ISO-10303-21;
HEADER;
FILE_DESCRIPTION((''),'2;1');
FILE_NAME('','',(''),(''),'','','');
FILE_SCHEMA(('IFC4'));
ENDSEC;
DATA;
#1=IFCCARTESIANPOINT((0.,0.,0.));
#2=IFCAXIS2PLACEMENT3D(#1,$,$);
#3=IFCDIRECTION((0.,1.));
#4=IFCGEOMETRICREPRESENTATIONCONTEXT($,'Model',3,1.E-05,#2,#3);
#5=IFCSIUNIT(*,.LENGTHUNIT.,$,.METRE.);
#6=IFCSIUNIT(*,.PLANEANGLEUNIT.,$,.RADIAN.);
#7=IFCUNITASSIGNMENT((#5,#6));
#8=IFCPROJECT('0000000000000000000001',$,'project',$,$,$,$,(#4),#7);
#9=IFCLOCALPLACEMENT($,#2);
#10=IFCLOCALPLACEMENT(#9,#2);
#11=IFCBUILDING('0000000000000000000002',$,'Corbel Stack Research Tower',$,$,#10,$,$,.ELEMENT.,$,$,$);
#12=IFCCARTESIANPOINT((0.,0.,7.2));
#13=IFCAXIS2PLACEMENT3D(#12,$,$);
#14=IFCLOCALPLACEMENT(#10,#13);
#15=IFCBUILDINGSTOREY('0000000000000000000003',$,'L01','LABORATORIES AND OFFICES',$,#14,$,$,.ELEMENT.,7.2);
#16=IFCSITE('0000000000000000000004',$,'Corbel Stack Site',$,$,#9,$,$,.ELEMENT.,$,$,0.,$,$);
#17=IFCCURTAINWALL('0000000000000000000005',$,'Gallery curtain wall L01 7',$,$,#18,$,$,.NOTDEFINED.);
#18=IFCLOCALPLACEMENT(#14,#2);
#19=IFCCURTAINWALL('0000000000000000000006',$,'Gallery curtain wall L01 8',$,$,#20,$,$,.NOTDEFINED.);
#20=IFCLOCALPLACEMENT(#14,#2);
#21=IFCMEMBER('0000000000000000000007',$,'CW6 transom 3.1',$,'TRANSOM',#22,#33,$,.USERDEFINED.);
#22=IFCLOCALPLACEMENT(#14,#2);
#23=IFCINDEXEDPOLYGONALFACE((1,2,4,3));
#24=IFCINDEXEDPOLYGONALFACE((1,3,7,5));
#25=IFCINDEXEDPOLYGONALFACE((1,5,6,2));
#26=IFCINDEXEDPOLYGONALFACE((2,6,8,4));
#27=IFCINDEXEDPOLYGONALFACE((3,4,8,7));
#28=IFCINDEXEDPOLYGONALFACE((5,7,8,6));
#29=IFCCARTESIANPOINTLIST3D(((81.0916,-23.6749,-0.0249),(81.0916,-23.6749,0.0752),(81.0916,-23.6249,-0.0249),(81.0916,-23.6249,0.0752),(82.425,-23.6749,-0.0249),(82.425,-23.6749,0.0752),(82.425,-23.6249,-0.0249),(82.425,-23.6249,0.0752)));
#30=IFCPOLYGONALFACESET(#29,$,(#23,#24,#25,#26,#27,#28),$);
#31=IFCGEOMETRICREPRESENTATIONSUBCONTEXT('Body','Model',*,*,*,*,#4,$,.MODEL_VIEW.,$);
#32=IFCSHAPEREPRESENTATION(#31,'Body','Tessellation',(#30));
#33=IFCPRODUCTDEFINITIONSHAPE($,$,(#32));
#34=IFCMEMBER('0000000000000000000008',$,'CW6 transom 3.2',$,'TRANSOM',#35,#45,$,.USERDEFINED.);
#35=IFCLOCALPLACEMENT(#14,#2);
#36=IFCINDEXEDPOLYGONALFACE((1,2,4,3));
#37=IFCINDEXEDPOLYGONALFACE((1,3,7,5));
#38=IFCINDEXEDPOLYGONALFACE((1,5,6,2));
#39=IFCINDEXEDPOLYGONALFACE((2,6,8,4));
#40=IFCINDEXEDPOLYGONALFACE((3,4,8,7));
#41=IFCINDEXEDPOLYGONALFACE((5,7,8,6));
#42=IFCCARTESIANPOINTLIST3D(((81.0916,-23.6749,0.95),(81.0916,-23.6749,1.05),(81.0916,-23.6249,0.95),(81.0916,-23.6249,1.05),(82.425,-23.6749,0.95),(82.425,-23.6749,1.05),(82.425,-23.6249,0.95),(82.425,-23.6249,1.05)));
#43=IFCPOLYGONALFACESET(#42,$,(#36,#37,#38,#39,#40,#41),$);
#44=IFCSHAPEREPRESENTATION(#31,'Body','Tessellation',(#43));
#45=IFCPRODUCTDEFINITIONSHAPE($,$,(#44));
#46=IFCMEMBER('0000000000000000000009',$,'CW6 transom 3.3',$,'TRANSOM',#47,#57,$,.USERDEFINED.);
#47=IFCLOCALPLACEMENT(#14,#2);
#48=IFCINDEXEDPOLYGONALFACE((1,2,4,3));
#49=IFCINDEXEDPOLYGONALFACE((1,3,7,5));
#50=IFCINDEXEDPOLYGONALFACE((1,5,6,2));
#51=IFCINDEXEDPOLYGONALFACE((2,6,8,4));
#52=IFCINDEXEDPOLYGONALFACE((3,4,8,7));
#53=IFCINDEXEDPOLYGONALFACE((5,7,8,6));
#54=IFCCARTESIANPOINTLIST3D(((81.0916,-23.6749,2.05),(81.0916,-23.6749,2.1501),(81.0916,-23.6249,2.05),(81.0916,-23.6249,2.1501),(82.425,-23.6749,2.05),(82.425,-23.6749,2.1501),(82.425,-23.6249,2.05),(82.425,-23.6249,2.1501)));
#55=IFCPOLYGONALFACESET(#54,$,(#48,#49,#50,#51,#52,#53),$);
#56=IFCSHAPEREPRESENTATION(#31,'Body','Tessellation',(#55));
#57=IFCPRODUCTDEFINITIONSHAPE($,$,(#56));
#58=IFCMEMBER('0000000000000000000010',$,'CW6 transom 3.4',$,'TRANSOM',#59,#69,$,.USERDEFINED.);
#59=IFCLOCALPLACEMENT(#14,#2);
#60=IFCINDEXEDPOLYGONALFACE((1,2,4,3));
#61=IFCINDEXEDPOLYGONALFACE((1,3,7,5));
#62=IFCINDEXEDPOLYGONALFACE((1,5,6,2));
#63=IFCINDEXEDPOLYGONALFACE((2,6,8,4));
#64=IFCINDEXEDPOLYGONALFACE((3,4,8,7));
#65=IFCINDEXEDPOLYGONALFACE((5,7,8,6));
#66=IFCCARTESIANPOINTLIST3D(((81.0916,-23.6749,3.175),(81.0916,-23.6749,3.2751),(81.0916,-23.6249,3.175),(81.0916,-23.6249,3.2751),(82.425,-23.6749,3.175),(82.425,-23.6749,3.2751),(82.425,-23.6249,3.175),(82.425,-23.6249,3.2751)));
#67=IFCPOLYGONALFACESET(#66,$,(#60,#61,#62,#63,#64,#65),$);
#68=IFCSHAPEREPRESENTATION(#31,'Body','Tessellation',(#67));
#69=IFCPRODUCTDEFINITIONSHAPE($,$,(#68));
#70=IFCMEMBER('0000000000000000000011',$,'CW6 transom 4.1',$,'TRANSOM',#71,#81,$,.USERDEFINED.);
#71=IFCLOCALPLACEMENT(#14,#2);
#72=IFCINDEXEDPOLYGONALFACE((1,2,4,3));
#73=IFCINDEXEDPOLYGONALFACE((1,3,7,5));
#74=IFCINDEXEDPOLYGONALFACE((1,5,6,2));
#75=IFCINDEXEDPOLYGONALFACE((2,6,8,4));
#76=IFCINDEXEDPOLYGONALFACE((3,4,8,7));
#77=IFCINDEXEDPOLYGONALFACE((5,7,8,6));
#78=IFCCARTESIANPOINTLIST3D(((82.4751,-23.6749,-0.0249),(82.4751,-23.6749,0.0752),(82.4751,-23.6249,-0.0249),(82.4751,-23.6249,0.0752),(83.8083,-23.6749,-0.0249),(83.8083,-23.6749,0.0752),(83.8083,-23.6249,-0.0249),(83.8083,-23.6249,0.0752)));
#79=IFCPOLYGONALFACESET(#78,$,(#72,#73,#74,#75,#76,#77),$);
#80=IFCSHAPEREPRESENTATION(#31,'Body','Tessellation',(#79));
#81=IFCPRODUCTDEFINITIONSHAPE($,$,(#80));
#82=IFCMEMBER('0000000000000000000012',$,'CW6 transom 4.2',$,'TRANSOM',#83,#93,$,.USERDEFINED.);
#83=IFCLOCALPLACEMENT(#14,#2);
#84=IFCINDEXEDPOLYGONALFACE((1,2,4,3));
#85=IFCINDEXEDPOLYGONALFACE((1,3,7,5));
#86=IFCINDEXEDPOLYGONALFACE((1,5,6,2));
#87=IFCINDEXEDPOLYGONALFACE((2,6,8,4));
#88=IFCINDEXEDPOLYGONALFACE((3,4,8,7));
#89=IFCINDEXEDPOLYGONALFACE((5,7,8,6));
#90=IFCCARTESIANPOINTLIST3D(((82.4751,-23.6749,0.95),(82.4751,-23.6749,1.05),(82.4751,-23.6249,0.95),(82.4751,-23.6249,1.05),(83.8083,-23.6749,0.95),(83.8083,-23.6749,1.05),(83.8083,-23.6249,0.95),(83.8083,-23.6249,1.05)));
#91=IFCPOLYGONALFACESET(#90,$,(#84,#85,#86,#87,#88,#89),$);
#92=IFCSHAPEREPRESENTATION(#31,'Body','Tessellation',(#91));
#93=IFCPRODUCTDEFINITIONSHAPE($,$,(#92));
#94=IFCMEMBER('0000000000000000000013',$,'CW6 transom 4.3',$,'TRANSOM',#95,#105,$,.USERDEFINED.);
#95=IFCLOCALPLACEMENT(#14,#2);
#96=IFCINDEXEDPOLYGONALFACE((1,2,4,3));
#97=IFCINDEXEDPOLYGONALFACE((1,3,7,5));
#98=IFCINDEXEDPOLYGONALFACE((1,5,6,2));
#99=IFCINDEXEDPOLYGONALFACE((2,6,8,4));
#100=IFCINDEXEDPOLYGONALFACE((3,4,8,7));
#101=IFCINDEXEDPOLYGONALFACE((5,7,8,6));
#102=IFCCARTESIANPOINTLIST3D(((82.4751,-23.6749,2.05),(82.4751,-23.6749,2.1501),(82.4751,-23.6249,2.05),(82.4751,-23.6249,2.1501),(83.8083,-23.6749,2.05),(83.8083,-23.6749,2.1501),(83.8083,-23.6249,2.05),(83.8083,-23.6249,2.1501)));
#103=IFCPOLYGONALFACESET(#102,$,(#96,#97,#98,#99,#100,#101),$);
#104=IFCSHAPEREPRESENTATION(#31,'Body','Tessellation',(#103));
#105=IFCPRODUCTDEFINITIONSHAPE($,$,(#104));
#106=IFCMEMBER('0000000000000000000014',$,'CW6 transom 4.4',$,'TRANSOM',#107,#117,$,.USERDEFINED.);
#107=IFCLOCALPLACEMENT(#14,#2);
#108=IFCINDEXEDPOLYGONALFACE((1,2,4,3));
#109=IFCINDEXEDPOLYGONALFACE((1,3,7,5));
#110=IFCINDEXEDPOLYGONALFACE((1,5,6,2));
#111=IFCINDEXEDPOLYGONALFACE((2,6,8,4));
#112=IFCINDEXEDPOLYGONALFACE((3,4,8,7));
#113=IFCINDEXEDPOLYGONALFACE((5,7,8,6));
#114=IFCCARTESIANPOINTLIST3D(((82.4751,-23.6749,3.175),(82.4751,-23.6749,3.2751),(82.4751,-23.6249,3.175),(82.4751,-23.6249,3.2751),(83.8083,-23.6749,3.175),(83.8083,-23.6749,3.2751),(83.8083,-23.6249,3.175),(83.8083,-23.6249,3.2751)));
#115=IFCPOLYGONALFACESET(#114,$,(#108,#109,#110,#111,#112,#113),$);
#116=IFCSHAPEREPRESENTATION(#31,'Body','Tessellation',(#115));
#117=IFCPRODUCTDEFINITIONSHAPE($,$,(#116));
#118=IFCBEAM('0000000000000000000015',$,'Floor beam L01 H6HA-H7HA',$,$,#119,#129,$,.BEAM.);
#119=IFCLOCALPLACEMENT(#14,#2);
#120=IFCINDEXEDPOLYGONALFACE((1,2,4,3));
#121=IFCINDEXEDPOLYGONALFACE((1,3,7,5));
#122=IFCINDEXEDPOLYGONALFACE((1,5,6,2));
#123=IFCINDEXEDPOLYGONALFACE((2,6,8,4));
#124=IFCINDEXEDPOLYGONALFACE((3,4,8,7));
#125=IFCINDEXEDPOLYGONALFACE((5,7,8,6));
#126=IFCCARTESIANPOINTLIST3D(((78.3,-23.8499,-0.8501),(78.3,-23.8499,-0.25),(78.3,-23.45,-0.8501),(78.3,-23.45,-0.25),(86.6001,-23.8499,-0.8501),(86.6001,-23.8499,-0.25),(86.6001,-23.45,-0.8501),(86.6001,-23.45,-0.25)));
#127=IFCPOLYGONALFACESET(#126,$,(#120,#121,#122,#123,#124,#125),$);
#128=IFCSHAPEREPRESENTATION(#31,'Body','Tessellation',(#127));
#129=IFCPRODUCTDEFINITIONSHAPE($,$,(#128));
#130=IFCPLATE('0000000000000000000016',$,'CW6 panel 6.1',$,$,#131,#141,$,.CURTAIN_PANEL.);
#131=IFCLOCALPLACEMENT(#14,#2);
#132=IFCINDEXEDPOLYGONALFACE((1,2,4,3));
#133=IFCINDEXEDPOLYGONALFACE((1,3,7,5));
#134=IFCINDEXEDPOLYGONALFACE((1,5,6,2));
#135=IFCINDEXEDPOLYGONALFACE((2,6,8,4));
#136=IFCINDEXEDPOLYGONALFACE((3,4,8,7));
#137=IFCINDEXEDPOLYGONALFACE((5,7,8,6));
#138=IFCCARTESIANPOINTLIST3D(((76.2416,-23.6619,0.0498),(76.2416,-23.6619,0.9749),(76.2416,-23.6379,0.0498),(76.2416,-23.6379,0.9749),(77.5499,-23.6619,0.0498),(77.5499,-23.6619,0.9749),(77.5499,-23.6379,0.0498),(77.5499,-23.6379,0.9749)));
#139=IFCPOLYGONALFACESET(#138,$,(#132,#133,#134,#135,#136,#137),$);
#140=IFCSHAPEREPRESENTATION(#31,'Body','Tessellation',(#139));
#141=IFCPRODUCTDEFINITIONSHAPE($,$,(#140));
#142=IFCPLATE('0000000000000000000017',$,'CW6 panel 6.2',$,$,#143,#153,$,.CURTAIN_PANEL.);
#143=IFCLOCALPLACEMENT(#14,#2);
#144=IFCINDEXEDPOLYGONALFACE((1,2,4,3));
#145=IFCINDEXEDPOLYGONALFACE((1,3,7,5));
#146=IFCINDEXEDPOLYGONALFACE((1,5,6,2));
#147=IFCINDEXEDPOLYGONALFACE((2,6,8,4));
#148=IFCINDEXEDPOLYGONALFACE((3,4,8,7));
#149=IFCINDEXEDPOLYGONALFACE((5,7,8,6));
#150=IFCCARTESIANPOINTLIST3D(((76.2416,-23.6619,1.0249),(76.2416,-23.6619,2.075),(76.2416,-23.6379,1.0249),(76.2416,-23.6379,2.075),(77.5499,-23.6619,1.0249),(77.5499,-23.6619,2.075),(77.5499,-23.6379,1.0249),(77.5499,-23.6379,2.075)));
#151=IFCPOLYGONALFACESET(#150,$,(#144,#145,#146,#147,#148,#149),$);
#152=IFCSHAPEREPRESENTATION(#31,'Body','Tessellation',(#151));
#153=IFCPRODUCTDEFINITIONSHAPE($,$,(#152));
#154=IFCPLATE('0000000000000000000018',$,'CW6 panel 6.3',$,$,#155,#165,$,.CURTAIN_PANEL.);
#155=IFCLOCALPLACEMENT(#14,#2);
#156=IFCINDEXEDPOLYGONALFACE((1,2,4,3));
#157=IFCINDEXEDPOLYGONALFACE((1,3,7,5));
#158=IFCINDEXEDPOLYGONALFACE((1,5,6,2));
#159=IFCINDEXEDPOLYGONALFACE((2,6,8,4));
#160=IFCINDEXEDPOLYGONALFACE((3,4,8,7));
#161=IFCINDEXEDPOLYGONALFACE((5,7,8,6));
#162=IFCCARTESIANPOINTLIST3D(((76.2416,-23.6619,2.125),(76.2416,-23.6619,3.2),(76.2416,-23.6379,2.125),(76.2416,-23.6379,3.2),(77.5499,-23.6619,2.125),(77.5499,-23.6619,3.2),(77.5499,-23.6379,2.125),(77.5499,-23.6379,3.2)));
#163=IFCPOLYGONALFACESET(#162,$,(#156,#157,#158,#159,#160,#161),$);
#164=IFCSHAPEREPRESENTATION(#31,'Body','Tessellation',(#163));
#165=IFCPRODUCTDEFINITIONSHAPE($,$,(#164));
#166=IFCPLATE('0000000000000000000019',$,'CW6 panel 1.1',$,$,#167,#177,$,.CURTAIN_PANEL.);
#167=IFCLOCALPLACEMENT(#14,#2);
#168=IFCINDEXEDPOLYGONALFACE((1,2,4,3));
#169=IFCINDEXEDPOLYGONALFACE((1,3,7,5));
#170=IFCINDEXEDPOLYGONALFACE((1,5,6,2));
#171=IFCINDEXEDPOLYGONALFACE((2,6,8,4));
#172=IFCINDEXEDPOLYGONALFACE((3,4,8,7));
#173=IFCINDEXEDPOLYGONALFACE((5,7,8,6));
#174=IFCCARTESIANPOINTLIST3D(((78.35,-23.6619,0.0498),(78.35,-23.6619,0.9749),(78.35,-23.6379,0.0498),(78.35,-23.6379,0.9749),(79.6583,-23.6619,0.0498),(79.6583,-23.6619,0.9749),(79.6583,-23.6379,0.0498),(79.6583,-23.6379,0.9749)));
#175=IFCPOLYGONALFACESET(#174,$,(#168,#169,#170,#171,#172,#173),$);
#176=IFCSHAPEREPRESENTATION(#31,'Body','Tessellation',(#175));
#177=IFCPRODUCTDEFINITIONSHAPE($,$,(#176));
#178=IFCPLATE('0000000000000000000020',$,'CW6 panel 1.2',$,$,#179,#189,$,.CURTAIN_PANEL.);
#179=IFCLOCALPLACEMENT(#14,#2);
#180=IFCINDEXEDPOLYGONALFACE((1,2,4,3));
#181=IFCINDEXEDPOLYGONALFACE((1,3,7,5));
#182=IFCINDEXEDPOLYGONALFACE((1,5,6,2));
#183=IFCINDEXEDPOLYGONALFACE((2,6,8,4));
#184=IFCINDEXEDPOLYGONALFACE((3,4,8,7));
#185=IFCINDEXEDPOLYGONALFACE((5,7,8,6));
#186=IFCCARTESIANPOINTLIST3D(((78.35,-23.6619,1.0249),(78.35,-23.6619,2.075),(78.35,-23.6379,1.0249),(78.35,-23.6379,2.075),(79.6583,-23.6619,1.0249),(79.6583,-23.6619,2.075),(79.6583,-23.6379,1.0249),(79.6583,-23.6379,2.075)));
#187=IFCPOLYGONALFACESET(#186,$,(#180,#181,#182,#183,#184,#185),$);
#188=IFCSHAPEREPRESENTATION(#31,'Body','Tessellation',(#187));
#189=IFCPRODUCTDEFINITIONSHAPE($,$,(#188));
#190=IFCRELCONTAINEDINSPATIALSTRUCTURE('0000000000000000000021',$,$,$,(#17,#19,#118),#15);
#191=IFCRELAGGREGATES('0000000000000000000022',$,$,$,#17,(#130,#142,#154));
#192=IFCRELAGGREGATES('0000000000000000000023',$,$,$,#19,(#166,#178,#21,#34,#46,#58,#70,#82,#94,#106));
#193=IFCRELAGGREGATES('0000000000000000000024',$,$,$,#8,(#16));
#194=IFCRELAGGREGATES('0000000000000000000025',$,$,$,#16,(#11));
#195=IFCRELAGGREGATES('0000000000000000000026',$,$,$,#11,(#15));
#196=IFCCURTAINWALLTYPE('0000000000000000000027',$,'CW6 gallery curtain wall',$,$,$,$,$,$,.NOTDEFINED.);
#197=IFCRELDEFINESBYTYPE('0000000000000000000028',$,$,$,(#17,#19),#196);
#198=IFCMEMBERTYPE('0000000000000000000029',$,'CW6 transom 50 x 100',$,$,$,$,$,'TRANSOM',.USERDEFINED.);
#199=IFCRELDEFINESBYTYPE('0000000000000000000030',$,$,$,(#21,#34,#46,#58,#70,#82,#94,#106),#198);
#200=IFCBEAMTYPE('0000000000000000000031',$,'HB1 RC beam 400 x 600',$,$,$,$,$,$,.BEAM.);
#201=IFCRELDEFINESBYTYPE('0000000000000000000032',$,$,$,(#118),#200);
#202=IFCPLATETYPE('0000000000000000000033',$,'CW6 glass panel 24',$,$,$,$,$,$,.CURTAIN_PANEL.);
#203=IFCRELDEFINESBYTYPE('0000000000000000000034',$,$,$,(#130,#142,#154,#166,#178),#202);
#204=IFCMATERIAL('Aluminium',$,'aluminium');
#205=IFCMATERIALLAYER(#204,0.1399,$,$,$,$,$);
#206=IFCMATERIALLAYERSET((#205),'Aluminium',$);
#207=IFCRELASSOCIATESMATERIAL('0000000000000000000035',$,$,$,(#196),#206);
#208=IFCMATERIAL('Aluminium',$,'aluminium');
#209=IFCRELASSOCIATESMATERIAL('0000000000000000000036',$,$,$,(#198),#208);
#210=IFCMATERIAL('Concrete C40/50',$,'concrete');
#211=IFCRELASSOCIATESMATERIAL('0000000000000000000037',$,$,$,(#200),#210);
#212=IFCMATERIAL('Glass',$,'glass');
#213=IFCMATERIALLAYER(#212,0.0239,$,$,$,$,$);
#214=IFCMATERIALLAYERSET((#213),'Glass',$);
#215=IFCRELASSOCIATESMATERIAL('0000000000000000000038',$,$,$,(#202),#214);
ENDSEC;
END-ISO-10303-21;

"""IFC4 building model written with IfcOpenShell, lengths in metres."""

from ifc_helpers import new_model, si_unit, direction, frame, origin, origin_2d, place, context, subcontext, project, spatial, rectangle, extrude, material, layer, layer_set, material_profile, profile_set, type_object, element, aggregate, save


model = new_model("IFC4")

# Units and contexts
model_context = context("Model", 3, precision=1e-05, world=origin(), true_north=direction((0.0, 1.0)))
body_context = subcontext(model_context, "Body", "Model", "MODEL_VIEW")
ifc_project = project(units=[si_unit("LENGTHUNIT", "METRE"), si_unit("PLANEANGLEUNIT", "RADIAN")], contexts=[model_context])

# Site, building, storey
site_placement = place(None, origin())
site = spatial("IfcSite", under=ifc_project, at=site_placement, Name="Corbel Stack Site", CompositionType="ELEMENT", RefElevation=0.0)
building_placement = place(site_placement, origin())
building = spatial("IfcBuilding", under=site, at=building_placement, Name="Corbel Stack Research Tower", CompositionType="ELEMENT")
storey_placement = place(building_placement, frame((0.0, 0.0, 7.2)))
storey = spatial("IfcBuildingStorey", under=building, at=storey_placement, Name="L01", Description="LABORATORIES AND OFFICES", CompositionType="ELEMENT", Elevation=7.2)

# Curtain wall
ifc_material_1 = material(Name="Aluminium", Category="aluminium")
ifc_layer_1 = layer(ifc_material_1, 0.1399)
ifc_layer_set_1 = layer_set([ifc_layer_1], Name="Aluminium")
curtain_wall_type = type_object("IfcCurtainWallType", Name="CW6 gallery curtain wall", PredefinedType="NOTDEFINED", material=ifc_layer_set_1)
curtain_wall_1_placement = place(storey_placement, origin())
curtain_wall_1 = element("IfcCurtainWall", 1, at=curtain_wall_1_placement, inside=storey, type_object=curtain_wall_type, Name="Gallery curtain wall L01 7", PredefinedType="NOTDEFINED")

# Curtain wall, members
curtain_wall_2_placement = place(storey_placement, origin())
curtain_wall_2 = element("IfcCurtainWall", 2, at=curtain_wall_2_placement, inside=storey, type_object=curtain_wall_type, Name="Gallery curtain wall L01 8", PredefinedType="NOTDEFINED")
ifc_material_2 = material(Name="Aluminium", Category="aluminium")
ifc_material_profile_1 = material_profile(ifc_material_2, rectangle(XDim=0.05, YDim=0.1001, at=origin_2d()), Name="Transom 50 x 100")
ifc_profile_set_1 = profile_set([ifc_material_profile_1], Name="Aluminium")
member_type_1 = type_object("IfcMemberType", Name="CW6 transom 50 x 100", ElementType="TRANSOM", PredefinedType="USERDEFINED", material=ifc_profile_set_1)
member_1_placement = place(storey_placement, frame((81.0916, -23.6499, 0.0251), z_axis=(1.0, 0.0, 0.0), x_axis=(0.0, 1.0, 0.0)))
member_1 = element("IfcMember", 3, at=member_1_placement, type_object=member_type_1, Name="CW6 transom 3.1", ObjectType="TRANSOM", PredefinedType="USERDEFINED", context=body_context, shape_type="SweptSolid", body=[
    extrude(rectangle(XDim=0.05, YDim=0.1001, at=origin_2d()), origin(), (0.0, 0.0, 1.0), 1.3335),
])
member_2_placement = place(storey_placement, frame((81.0916, -23.6499, 1.0), z_axis=(1.0, 0.0, 0.0), x_axis=(0.0, 1.0, 0.0)))
member_2 = element("IfcMember", 4, at=member_2_placement, type_object=member_type_1, Name="CW6 transom 3.2", ObjectType="TRANSOM", PredefinedType="USERDEFINED", context=body_context, shape_type="SweptSolid", body=[
    extrude(rectangle(XDim=0.05, YDim=0.1001, at=origin_2d()), origin(), (0.0, 0.0, 1.0), 1.3335),
])
member_3_placement = place(storey_placement, frame((81.0916, -23.6499, 2.1001), z_axis=(1.0, 0.0, 0.0), x_axis=(0.0, 1.0, 0.0)))
member_3 = element("IfcMember", 5, at=member_3_placement, type_object=member_type_1, Name="CW6 transom 3.3", ObjectType="TRANSOM", PredefinedType="USERDEFINED", context=body_context, shape_type="SweptSolid", body=[
    extrude(rectangle(XDim=0.05, YDim=0.1001, at=origin_2d()), origin(), (0.0, 0.0, 1.0), 1.3335),
])
member_4_placement = place(storey_placement, frame((81.0916, -23.6499, 3.2251), z_axis=(1.0, 0.0, 0.0), x_axis=(0.0, 1.0, 0.0)))
member_4 = element("IfcMember", 6, at=member_4_placement, type_object=member_type_1, Name="CW6 transom 3.4", ObjectType="TRANSOM", PredefinedType="USERDEFINED", context=body_context, shape_type="SweptSolid", body=[
    extrude(rectangle(XDim=0.05, YDim=0.1001, at=origin_2d()), origin(), (0.0, 0.0, 1.0), 1.3335),
])
member_5_placement = place(storey_placement, frame((82.4751, -23.6499, 0.0251), z_axis=(1.0, 0.0, 0.0), x_axis=(0.0, 1.0, 0.0)))
member_5 = element("IfcMember", 7, at=member_5_placement, type_object=member_type_1, Name="CW6 transom 4.1", ObjectType="TRANSOM", PredefinedType="USERDEFINED", context=body_context, shape_type="SweptSolid", body=[
    extrude(rectangle(XDim=0.05, YDim=0.1001, at=origin_2d()), origin(), (0.0, 0.0, 1.0), 1.3333),
])
member_6_placement = place(storey_placement, frame((82.4751, -23.6499, 1.0), z_axis=(1.0, 0.0, 0.0), x_axis=(0.0, 1.0, 0.0)))
member_6 = element("IfcMember", 8, at=member_6_placement, type_object=member_type_1, Name="CW6 transom 4.2", ObjectType="TRANSOM", PredefinedType="USERDEFINED", context=body_context, shape_type="SweptSolid", body=[
    extrude(rectangle(XDim=0.05, YDim=0.1001, at=origin_2d()), origin(), (0.0, 0.0, 1.0), 1.3333),
])
member_7_placement = place(storey_placement, frame((82.4751, -23.6499, 2.1001), z_axis=(1.0, 0.0, 0.0), x_axis=(0.0, 1.0, 0.0)))
member_7 = element("IfcMember", 9, at=member_7_placement, type_object=member_type_1, Name="CW6 transom 4.3", ObjectType="TRANSOM", PredefinedType="USERDEFINED", context=body_context, shape_type="SweptSolid", body=[
    extrude(rectangle(XDim=0.05, YDim=0.1001, at=origin_2d()), origin(), (0.0, 0.0, 1.0), 1.3333),
])
member_8_placement = place(storey_placement, frame((82.4751, -23.6499, 3.2251), z_axis=(1.0, 0.0, 0.0), x_axis=(0.0, 1.0, 0.0)))
member_8 = element("IfcMember", 10, at=member_8_placement, type_object=member_type_1, Name="CW6 transom 4.4", ObjectType="TRANSOM", PredefinedType="USERDEFINED", context=body_context, shape_type="SweptSolid", body=[
    extrude(rectangle(XDim=0.05, YDim=0.1001, at=origin_2d()), origin(), (0.0, 0.0, 1.0), 1.3333),
])

# Beam
ifc_material_3 = material(Name="Concrete C40/50", Category="concrete")
ifc_material_profile_2 = material_profile(ifc_material_3, rectangle(XDim=0.3999, YDim=0.6001, at=origin_2d()), Name="RC 400 x 600")
ifc_profile_set_2 = profile_set([ifc_material_profile_2], Name="Concrete C40/50")
beam_type = type_object("IfcBeamType", Name="HB1 RC beam 400 x 600", PredefinedType="BEAM", material=ifc_profile_set_2)
beam_placement = place(storey_placement, frame((78.3, -23.6499, -0.55), z_axis=(1.0, 0.0, 0.0), x_axis=(0.0, 1.0, 0.0)))
element("IfcBeam", 11, at=beam_placement, inside=storey, type_object=beam_type, Name="Floor beam L01 H6HA-H7HA", PredefinedType="BEAM", context=body_context, shape_type="SweptSolid", body=[
    extrude(rectangle(XDim=0.3999, YDim=0.6001, at=origin_2d()), origin(), (0.0, 0.0, 1.0), 8.3),
])

# Plates
ifc_material_4 = material(Name="Glass", Category="glass")
ifc_layer_2 = layer(ifc_material_4, 0.0239)
ifc_layer_set_2 = layer_set([ifc_layer_2], Name="Glass")
plate_type = type_object("IfcPlateType", Name="CW6 glass panel 24", PredefinedType="CURTAIN_PANEL", material=ifc_layer_set_2)
plate_1_placement = place(storey_placement, frame((76.8958, -23.6499, 0.0498), z_axis=(0.0, 0.0, 1.0), x_axis=(1.0, 0.0, 0.0)))
plate_1 = element("IfcPlate", 12, at=plate_1_placement, type_object=plate_type, Name="CW6 panel 6.1", PredefinedType="CURTAIN_PANEL", context=body_context, shape_type="SweptSolid", body=[
    extrude(rectangle(XDim=1.3083, YDim=0.0239, at=origin_2d()), origin(), (0.0, 0.0, 1.0), 0.925),
])
plate_2_placement = place(storey_placement, frame((76.8958, -23.6499, 1.0249), z_axis=(0.0, 0.0, 1.0), x_axis=(1.0, 0.0, 0.0)))
plate_2 = element("IfcPlate", 13, at=plate_2_placement, type_object=plate_type, Name="CW6 panel 6.2", PredefinedType="CURTAIN_PANEL", context=body_context, shape_type="SweptSolid", body=[
    extrude(rectangle(XDim=1.3083, YDim=0.0239, at=origin_2d()), origin(), (0.0, 0.0, 1.0), 1.05),
])
plate_3_placement = place(storey_placement, frame((76.8958, -23.6499, 2.125), z_axis=(0.0, 0.0, 1.0), x_axis=(1.0, 0.0, 0.0)))
plate_3 = element("IfcPlate", 14, at=plate_3_placement, type_object=plate_type, Name="CW6 panel 6.3", PredefinedType="CURTAIN_PANEL", context=body_context, shape_type="SweptSolid", body=[
    extrude(rectangle(XDim=1.3083, YDim=0.0239, at=origin_2d()), origin(), (0.0, 0.0, 1.0), 1.075),
])
aggregate(curtain_wall_1, [plate_1, plate_2, plate_3])
plate_4_placement = place(storey_placement, frame((79.0042, -23.6499, 0.0498), z_axis=(0.0, 0.0, 1.0), x_axis=(1.0, 0.0, 0.0)))
plate_4 = element("IfcPlate", 15, at=plate_4_placement, type_object=plate_type, Name="CW6 panel 1.1", PredefinedType="CURTAIN_PANEL", context=body_context, shape_type="SweptSolid", body=[
    extrude(rectangle(XDim=1.3083, YDim=0.0239, at=origin_2d()), origin(), (0.0, 0.0, 1.0), 0.925),
])
plate_5_placement = place(storey_placement, frame((79.0042, -23.6499, 1.0249), z_axis=(0.0, 0.0, 1.0), x_axis=(1.0, 0.0, 0.0)))
plate_5 = element("IfcPlate", 16, at=plate_5_placement, type_object=plate_type, Name="CW6 panel 1.2", PredefinedType="CURTAIN_PANEL", context=body_context, shape_type="SweptSolid", body=[
    extrude(rectangle(XDim=1.3083, YDim=0.0239, at=origin_2d()), origin(), (0.0, 0.0, 1.0), 1.05),
])
aggregate(curtain_wall_2, [plate_4, plate_5, member_1, member_2, member_3, member_4, member_5, member_6, member_7, member_8])

save(model, "model.ifc")
